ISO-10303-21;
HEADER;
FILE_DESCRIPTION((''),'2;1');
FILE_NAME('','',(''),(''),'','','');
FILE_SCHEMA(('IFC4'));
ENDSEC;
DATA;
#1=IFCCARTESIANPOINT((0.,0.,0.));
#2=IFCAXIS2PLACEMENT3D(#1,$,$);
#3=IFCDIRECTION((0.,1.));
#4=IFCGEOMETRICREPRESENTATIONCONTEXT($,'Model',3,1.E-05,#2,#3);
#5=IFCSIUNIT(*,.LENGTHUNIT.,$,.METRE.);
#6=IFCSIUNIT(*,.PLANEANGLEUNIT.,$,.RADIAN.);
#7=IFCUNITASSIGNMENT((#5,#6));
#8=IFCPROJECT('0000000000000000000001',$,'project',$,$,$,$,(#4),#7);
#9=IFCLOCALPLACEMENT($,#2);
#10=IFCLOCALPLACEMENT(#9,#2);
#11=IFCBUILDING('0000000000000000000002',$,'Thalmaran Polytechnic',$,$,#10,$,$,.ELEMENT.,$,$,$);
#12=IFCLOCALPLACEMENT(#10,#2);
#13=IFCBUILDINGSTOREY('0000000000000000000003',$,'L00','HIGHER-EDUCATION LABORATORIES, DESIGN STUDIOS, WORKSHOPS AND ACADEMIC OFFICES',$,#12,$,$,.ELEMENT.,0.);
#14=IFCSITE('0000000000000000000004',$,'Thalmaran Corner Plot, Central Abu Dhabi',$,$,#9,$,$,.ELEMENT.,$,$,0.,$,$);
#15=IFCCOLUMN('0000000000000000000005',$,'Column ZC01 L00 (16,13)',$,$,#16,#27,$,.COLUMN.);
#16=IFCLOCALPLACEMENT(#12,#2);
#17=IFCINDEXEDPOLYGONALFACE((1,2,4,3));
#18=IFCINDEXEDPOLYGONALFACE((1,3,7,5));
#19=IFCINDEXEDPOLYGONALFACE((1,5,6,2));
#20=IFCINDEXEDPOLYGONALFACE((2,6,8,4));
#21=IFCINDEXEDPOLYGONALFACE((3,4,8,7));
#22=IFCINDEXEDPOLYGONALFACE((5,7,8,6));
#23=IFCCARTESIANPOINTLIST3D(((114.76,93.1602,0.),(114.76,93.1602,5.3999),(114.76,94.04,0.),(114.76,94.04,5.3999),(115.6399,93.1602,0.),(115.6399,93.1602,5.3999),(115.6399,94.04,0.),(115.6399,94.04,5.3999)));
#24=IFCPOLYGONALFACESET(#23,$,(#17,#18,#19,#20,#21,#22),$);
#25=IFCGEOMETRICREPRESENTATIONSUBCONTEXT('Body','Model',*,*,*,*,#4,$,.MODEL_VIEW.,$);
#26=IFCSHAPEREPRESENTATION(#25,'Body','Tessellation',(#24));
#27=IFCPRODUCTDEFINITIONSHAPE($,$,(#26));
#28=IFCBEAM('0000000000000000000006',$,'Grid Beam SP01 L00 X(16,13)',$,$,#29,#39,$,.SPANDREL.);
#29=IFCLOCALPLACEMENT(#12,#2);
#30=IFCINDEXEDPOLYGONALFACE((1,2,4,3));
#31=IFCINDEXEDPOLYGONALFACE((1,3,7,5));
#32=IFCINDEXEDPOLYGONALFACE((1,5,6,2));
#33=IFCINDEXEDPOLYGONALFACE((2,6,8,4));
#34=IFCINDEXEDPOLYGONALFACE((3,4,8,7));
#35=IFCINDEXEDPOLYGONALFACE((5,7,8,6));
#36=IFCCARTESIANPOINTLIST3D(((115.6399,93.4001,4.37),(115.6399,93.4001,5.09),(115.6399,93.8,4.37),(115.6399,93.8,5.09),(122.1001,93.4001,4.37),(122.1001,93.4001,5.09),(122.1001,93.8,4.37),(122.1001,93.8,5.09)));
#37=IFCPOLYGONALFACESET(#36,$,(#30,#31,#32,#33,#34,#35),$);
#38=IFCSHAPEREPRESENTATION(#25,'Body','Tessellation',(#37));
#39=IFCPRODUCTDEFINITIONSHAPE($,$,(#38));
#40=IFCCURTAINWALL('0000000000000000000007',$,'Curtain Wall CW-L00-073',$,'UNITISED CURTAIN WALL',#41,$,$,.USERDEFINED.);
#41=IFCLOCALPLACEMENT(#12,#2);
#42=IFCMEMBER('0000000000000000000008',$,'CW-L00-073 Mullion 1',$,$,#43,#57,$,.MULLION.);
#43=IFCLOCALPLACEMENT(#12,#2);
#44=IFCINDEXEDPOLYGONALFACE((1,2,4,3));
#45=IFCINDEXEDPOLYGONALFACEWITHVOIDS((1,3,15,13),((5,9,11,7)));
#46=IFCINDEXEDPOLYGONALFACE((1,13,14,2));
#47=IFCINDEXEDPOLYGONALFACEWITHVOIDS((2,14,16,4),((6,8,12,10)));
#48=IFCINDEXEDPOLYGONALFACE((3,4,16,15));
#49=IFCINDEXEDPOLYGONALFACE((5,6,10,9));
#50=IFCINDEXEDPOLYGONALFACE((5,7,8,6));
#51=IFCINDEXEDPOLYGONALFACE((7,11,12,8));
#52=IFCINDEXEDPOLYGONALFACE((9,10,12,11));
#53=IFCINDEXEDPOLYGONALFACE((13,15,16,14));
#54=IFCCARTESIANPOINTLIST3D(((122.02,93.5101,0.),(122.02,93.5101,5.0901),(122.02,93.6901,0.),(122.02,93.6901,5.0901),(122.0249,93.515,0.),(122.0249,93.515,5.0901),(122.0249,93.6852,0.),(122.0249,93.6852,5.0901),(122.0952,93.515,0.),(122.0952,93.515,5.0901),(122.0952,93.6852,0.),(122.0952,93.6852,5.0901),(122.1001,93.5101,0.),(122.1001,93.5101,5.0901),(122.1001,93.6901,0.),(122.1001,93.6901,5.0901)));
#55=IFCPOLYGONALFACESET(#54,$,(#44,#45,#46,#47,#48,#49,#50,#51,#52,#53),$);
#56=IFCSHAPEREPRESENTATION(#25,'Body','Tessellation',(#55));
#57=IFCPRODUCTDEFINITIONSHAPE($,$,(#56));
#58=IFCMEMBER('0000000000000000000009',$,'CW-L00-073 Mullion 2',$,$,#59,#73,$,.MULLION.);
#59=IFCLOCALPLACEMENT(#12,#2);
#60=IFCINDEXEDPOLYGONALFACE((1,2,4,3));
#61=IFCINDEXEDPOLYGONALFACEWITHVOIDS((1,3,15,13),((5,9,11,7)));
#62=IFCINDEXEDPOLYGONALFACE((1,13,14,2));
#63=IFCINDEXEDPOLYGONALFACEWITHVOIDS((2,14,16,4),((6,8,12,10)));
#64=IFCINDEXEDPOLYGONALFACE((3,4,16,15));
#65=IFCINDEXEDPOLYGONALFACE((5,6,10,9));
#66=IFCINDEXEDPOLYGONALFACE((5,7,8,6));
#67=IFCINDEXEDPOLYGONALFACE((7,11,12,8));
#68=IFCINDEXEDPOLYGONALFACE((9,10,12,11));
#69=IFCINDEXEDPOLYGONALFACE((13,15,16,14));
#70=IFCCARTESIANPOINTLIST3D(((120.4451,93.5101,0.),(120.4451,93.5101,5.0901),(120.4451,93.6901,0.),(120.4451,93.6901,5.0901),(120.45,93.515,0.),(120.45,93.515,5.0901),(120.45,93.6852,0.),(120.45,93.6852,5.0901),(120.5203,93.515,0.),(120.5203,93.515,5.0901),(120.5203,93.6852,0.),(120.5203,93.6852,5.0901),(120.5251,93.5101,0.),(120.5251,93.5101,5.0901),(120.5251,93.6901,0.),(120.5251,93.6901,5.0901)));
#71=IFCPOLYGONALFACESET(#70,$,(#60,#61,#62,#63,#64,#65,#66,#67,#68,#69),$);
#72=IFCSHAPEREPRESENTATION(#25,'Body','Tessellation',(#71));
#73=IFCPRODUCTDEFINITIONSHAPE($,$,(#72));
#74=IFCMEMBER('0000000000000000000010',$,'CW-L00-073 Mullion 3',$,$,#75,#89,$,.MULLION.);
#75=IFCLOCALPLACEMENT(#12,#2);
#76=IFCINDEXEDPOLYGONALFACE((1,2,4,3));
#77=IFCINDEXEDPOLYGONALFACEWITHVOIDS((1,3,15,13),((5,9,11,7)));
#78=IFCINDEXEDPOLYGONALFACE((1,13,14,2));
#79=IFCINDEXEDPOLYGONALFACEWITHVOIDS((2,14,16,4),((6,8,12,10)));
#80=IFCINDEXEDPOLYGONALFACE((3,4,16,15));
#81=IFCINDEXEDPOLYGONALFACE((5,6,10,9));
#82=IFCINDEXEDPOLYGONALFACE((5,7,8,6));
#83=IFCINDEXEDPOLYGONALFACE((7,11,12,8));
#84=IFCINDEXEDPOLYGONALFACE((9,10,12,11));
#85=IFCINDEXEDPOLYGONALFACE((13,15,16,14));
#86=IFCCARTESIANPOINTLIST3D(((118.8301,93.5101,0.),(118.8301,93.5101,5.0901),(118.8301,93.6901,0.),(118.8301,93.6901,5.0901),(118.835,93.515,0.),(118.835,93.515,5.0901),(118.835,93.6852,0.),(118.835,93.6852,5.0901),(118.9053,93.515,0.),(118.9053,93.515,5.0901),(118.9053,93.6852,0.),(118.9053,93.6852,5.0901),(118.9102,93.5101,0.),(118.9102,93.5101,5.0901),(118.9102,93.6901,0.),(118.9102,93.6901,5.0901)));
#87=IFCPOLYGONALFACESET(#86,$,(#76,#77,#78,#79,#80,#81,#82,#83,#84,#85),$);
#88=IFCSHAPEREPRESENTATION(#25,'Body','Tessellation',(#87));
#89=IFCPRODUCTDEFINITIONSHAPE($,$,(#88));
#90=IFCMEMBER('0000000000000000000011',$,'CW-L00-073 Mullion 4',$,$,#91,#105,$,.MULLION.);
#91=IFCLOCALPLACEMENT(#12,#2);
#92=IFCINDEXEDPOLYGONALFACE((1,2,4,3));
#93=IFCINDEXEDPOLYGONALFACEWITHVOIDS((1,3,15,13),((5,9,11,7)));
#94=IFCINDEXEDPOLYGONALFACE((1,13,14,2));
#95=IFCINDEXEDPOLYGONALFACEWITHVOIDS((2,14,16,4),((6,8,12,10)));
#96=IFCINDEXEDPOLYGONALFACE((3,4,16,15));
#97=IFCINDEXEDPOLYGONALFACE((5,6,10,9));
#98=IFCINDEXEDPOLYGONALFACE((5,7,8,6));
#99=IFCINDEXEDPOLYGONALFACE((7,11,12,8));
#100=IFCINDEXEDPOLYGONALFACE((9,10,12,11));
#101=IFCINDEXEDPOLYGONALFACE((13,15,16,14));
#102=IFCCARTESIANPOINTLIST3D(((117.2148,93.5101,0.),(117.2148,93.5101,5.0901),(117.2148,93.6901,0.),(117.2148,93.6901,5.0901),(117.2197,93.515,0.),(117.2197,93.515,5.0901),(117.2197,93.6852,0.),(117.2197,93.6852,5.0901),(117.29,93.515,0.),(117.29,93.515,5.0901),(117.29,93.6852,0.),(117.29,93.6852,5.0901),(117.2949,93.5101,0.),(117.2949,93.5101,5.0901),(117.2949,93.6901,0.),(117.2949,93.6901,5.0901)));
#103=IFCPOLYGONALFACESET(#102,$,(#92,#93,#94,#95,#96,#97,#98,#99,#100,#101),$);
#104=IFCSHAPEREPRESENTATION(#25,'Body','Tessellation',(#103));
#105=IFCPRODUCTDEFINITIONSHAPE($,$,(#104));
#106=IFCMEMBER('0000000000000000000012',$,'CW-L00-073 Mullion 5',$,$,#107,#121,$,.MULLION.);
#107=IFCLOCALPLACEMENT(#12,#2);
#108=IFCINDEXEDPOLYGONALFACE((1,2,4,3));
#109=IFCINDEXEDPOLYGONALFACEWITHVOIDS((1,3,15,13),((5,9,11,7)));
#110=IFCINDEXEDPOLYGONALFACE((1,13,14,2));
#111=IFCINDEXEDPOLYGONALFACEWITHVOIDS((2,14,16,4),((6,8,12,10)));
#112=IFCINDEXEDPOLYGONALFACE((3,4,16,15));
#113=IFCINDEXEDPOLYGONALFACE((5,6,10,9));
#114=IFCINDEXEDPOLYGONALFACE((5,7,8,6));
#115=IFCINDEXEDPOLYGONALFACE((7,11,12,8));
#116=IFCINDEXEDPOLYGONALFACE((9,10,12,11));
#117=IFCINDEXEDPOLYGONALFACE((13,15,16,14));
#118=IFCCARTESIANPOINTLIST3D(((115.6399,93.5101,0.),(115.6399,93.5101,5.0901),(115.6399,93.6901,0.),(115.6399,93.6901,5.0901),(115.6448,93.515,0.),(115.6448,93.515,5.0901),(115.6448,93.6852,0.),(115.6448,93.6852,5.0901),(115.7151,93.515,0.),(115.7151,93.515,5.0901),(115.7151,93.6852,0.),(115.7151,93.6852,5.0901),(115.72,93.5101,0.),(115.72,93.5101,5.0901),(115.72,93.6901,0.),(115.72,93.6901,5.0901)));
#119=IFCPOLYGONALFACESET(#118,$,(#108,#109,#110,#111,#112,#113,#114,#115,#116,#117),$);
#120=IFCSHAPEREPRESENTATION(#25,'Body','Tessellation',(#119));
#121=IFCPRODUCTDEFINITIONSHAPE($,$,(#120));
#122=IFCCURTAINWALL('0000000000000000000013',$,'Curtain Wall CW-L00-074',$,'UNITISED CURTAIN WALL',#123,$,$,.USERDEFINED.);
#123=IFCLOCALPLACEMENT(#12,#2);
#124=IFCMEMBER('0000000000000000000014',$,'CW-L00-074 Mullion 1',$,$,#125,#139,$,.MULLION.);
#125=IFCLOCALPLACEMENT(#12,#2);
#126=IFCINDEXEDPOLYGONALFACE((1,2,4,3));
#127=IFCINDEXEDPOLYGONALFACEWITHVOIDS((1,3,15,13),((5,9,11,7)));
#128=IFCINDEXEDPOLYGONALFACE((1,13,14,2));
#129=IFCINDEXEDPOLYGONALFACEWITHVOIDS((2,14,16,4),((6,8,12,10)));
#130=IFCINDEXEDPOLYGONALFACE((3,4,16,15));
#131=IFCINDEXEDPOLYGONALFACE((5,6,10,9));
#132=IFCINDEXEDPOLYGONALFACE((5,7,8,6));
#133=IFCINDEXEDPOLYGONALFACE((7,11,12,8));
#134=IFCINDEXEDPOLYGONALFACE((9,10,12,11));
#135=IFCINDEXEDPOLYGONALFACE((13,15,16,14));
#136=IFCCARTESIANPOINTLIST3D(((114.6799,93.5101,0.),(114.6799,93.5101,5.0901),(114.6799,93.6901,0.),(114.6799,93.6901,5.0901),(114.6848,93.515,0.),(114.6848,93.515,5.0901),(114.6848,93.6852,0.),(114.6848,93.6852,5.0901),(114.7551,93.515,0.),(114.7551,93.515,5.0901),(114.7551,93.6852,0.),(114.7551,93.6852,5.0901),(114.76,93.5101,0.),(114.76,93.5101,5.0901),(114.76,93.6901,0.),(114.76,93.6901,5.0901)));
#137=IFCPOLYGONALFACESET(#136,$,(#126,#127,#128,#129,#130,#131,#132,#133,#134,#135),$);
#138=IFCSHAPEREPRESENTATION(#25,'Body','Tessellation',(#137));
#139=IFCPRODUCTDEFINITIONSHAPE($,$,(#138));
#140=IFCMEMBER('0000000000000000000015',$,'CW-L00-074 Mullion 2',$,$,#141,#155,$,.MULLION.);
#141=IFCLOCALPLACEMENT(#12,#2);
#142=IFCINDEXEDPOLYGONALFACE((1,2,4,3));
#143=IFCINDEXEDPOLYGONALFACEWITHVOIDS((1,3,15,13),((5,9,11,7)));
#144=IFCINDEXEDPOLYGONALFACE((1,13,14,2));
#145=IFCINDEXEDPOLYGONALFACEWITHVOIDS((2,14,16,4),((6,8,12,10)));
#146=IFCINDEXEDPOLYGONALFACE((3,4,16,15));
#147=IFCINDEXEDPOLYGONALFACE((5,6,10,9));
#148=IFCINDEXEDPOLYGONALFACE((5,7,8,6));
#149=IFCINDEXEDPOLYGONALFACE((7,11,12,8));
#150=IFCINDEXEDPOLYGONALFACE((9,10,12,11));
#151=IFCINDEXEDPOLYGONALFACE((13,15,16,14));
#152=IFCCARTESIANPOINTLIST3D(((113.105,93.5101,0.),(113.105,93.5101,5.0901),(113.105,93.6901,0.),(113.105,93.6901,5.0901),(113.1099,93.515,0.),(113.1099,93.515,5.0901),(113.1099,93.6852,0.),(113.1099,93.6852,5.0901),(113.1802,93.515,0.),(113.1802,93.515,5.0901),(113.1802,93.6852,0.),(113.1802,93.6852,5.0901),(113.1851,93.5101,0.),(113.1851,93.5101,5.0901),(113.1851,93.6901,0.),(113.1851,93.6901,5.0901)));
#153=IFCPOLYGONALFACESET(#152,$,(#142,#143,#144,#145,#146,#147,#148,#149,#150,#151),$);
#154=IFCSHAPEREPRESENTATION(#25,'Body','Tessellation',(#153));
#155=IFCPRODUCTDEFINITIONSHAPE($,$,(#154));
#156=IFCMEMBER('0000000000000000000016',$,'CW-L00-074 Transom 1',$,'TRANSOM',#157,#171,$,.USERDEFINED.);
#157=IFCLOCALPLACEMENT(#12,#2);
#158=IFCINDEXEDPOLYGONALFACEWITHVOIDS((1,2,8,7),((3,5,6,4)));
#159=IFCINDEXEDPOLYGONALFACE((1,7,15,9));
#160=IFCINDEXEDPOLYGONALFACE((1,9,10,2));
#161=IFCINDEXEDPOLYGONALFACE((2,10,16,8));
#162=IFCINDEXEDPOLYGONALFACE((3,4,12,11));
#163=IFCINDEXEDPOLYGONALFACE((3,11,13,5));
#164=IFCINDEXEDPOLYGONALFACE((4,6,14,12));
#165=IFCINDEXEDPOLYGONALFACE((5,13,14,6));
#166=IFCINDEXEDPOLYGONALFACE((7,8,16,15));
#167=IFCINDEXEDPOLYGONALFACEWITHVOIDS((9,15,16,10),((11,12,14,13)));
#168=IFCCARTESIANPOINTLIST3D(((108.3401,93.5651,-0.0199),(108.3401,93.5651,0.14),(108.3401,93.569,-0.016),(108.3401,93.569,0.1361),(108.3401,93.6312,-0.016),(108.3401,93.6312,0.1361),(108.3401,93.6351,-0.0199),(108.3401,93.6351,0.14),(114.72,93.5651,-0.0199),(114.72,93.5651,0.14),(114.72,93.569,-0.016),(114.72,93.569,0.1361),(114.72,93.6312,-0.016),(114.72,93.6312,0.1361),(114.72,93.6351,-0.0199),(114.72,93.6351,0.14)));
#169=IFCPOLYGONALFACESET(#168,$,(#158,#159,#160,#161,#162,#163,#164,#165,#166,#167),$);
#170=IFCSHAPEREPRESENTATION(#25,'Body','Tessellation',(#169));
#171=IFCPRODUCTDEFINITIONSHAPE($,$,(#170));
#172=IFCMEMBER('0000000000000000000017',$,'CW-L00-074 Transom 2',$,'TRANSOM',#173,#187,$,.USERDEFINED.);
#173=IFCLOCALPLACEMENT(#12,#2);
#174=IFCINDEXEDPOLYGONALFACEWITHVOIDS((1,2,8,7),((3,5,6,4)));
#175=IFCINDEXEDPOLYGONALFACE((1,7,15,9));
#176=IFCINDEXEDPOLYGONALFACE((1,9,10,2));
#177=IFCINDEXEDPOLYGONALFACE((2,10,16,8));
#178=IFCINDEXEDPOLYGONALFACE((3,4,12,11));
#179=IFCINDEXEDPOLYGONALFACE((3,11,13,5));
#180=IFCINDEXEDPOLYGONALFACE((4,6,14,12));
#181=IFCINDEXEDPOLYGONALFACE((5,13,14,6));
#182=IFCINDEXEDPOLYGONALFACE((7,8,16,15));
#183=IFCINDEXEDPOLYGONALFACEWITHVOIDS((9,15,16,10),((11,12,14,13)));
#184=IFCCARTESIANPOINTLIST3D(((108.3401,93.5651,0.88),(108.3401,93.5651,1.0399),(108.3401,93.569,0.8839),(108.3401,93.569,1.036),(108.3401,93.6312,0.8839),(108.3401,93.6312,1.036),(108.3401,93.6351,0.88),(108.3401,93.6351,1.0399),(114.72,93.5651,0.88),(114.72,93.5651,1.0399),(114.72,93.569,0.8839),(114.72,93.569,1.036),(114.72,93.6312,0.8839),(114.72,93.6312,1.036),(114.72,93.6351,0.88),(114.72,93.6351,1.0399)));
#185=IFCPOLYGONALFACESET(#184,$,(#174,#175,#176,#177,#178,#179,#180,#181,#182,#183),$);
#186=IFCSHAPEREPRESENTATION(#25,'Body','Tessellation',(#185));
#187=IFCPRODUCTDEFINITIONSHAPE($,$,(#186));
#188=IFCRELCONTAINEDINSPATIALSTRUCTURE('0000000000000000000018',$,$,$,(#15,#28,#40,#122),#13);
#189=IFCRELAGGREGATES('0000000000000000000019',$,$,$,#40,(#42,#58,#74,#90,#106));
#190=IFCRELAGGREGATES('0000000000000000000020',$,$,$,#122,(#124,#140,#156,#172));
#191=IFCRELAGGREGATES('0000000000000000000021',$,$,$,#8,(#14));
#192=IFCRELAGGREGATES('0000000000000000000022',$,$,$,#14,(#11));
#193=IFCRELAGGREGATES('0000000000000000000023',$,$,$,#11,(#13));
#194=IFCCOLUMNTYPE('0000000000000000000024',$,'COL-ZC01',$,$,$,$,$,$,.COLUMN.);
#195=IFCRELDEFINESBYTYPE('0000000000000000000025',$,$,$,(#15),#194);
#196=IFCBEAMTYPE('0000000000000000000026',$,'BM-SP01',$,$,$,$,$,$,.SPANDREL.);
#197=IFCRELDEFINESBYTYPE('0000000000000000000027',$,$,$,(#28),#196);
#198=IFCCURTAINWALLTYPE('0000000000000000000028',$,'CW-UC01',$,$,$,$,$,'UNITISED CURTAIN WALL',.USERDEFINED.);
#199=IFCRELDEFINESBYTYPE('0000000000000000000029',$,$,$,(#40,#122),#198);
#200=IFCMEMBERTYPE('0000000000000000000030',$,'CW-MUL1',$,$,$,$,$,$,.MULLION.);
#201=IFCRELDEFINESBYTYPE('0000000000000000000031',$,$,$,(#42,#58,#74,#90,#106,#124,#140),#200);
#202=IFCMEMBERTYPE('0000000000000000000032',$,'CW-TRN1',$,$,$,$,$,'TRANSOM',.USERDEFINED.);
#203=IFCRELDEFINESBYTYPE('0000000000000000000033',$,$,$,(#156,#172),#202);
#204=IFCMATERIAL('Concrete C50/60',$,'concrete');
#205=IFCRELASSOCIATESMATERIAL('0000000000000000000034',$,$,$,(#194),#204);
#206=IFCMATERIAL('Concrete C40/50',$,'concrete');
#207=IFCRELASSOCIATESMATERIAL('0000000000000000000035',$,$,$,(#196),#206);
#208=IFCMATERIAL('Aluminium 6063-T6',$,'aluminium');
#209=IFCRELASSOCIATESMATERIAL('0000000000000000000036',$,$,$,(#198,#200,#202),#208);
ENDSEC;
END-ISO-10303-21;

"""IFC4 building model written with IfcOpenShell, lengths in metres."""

from ifc_helpers import new_model, si_unit, direction, frame, origin, origin_2d, place, context, subcontext, project, spatial, rectangle, hollow_rectangle, extrude, material, material_profile, profile_set, type_object, element, aggregate, save


model = new_model("IFC4")

# Units and contexts
model_context = context("Model", 3, precision=1e-05, world=origin(), true_north=direction((0.0, 1.0)))
body_context = subcontext(model_context, "Body", "Model", "MODEL_VIEW")
ifc_project = project(units=[si_unit("LENGTHUNIT", "METRE"), si_unit("PLANEANGLEUNIT", "RADIAN")], contexts=[model_context])

# Site, building, storey
site_placement = place(None, origin())
site = spatial("IfcSite", under=ifc_project, at=site_placement, Name="Thalmaran Corner Plot, Central Abu Dhabi", CompositionType="ELEMENT", RefElevation=0.0)
building_placement = place(site_placement, origin())
building = spatial("IfcBuilding", under=site, at=building_placement, Name="Thalmaran Polytechnic", CompositionType="ELEMENT")
storey_placement = place(building_placement, origin())
storey = spatial("IfcBuildingStorey", under=building, at=storey_placement, Name="L00", Description="HIGHER-EDUCATION LABORATORIES, DESIGN STUDIOS, WORKSHOPS AND ACADEMIC OFFICES", CompositionType="ELEMENT", Elevation=0.0)

# Column
ifc_material_1 = material(Name="Concrete C50/60", Category="concrete")
ifc_material_profile_1 = material_profile(ifc_material_1, rectangle(XDim=0.8799, YDim=0.8799, at=origin_2d()), Name="RC 880x880")
ifc_profile_set_1 = profile_set([ifc_material_profile_1], Name="Concrete C50/60")
column_type = type_object("IfcColumnType", Name="COL-ZC01", PredefinedType="COLUMN", material=ifc_profile_set_1)
column_placement = place(storey_placement, frame((115.2, 93.6001, 0.0), z_axis=(0.0, 0.0, 1.0), x_axis=(1.0, 0.0, 0.0)))
element("IfcColumn", 1, at=column_placement, inside=storey, type_object=column_type, Name="Column ZC01 L00 (16,13)", PredefinedType="COLUMN", context=body_context, shape_type="SweptSolid", body=[
    extrude(rectangle(XDim=0.8799, YDim=0.8799, at=origin_2d()), origin(), (0.0, 0.0, 1.0), 5.3999),
])

# Beam
ifc_material_2 = material(Name="Concrete C40/50", Category="concrete")
ifc_material_profile_2 = material_profile(ifc_material_2, rectangle(XDim=0.3999, YDim=0.72, at=origin_2d()), Name="RC 400x720")
ifc_profile_set_2 = profile_set([ifc_material_profile_2], Name="Concrete C40/50")
beam_type = type_object("IfcBeamType", Name="BM-SP01", PredefinedType="SPANDREL", material=ifc_profile_set_2)
beam_placement = place(storey_placement, frame((115.6399, 93.6001, 4.73), z_axis=(1.0, 0.0, 0.0), x_axis=(0.0, 1.0, 0.0)))
element("IfcBeam", 2, at=beam_placement, inside=storey, type_object=beam_type, Name="Grid Beam SP01 L00 X(16,13)", PredefinedType="SPANDREL", context=body_context, shape_type="SweptSolid", body=[
    extrude(rectangle(XDim=0.3999, YDim=0.72, at=origin_2d()), origin(), (0.0, 0.0, 1.0), 6.4602),
])

# Curtain walls, members
ifc_material_3 = material(Name="Aluminium 6063-T6", Category="aluminium")
curtain_wall_type = type_object("IfcCurtainWallType", Name="CW-UC01", ElementType="UNITISED CURTAIN WALL", PredefinedType="USERDEFINED", material=ifc_material_3)
curtain_wall_1_placement = place(storey_placement, origin())
curtain_wall_1 = element("IfcCurtainWall", 3, at=curtain_wall_1_placement, inside=storey, type_object=curtain_wall_type, Name="Curtain Wall CW-L00-073", ObjectType="UNITISED CURTAIN WALL", PredefinedType="USERDEFINED")
ifc_material_profile_3 = material_profile(ifc_material_3, hollow_rectangle(XDim=0.0801, YDim=0.1799, WallThickness=0.0049, at=origin_2d()), Name="RHS 180x80x5.0")
ifc_profile_set_3 = profile_set([ifc_material_profile_3], Name="Aluminium 6063-T6")
member_type_1 = type_object("IfcMemberType", Name="CW-MUL1", PredefinedType="MULLION", material=ifc_profile_set_3)
member_1_placement = place(storey_placement, frame((122.0601, 93.6001, 0.0), z_axis=(0.0, 0.0, 1.0), x_axis=(1.0, 0.0, 0.0)))
member_1 = element("IfcMember", 4, at=member_1_placement, type_object=member_type_1, Name="CW-L00-073 Mullion 1", PredefinedType="MULLION", context=body_context, shape_type="SweptSolid", body=[
    extrude(hollow_rectangle(XDim=0.0801, YDim=0.1799, WallThickness=0.0049, at=origin_2d()), origin(), (0.0, 0.0, 1.0), 5.0901),
])
member_2_placement = place(storey_placement, frame((120.4851, 93.6001, 0.0), z_axis=(0.0, 0.0, 1.0), x_axis=(1.0, 0.0, 0.0)))
member_2 = element("IfcMember", 5, at=member_2_placement, type_object=member_type_1, Name="CW-L00-073 Mullion 2", PredefinedType="MULLION", context=body_context, shape_type="SweptSolid", body=[
    extrude(hollow_rectangle(XDim=0.0801, YDim=0.1799, WallThickness=0.0049, at=origin_2d()), origin(), (0.0, 0.0, 1.0), 5.0901),
])
member_3_placement = place(storey_placement, frame((118.8701, 93.6001, 0.0), z_axis=(0.0, 0.0, 1.0), x_axis=(1.0, 0.0, 0.0)))
member_3 = element("IfcMember", 6, at=member_3_placement, type_object=member_type_1, Name="CW-L00-073 Mullion 3", PredefinedType="MULLION", context=body_context, shape_type="SweptSolid", body=[
    extrude(hollow_rectangle(XDim=0.0801, YDim=0.1799, WallThickness=0.0049, at=origin_2d()), origin(), (0.0, 0.0, 1.0), 5.0901),
])
member_4_placement = place(storey_placement, frame((117.2549, 93.6001, 0.0), z_axis=(0.0, 0.0, 1.0), x_axis=(1.0, 0.0, 0.0)))
member_4 = element("IfcMember", 7, at=member_4_placement, type_object=member_type_1, Name="CW-L00-073 Mullion 4", PredefinedType="MULLION", context=body_context, shape_type="SweptSolid", body=[
    extrude(hollow_rectangle(XDim=0.0801, YDim=0.1799, WallThickness=0.0049, at=origin_2d()), origin(), (0.0, 0.0, 1.0), 5.0901),
])
member_5_placement = place(storey_placement, frame((115.6799, 93.6001, 0.0), z_axis=(0.0, 0.0, 1.0), x_axis=(1.0, 0.0, 0.0)))
member_5 = element("IfcMember", 8, at=member_5_placement, type_object=member_type_1, Name="CW-L00-073 Mullion 5", PredefinedType="MULLION", context=body_context, shape_type="SweptSolid", body=[
    extrude(hollow_rectangle(XDim=0.0801, YDim=0.1799, WallThickness=0.0049, at=origin_2d()), origin(), (0.0, 0.0, 1.0), 5.0901),
])
curtain_wall_2_placement = place(storey_placement, origin())
curtain_wall_2 = element("IfcCurtainWall", 9, at=curtain_wall_2_placement, inside=storey, type_object=curtain_wall_type, Name="Curtain Wall CW-L00-074", ObjectType="UNITISED CURTAIN WALL", PredefinedType="USERDEFINED")
member_6_placement = place(storey_placement, frame((114.72, 93.6001, 0.0), z_axis=(0.0, 0.0, 1.0), x_axis=(1.0, 0.0, 0.0)))
member_6 = element("IfcMember", 10, at=member_6_placement, type_object=member_type_1, Name="CW-L00-074 Mullion 1", PredefinedType="MULLION", context=body_context, shape_type="SweptSolid", body=[
    extrude(hollow_rectangle(XDim=0.0801, YDim=0.1799, WallThickness=0.0049, at=origin_2d()), origin(), (0.0, 0.0, 1.0), 5.0901),
])
member_7_placement = place(storey_placement, frame((113.145, 93.6001, 0.0), z_axis=(0.0, 0.0, 1.0), x_axis=(1.0, 0.0, 0.0)))
member_7 = element("IfcMember", 11, at=member_7_placement, type_object=member_type_1, Name="CW-L00-074 Mullion 2", PredefinedType="MULLION", context=body_context, shape_type="SweptSolid", body=[
    extrude(hollow_rectangle(XDim=0.0801, YDim=0.1799, WallThickness=0.0049, at=origin_2d()), origin(), (0.0, 0.0, 1.0), 5.0901),
])
ifc_material_profile_4 = material_profile(ifc_material_3, hollow_rectangle(XDim=0.0701, YDim=0.1599, WallThickness=0.0039, at=origin_2d()), Name="AL 160x70x4.0")
ifc_profile_set_4 = profile_set([ifc_material_profile_4], Name="Aluminium 6063-T6")
member_type_2 = type_object("IfcMemberType", Name="CW-TRN1", ElementType="TRANSOM", PredefinedType="USERDEFINED", material=ifc_profile_set_4)
member_8_placement = place(storey_placement, frame((114.72, 93.6001, 0.0601), z_axis=(-1.0, 0.0, 0.0), x_axis=(0.0, -1.0, 0.0)))
member_8 = element("IfcMember", 12, at=member_8_placement, type_object=member_type_2, Name="CW-L00-074 Transom 1", ObjectType="TRANSOM", PredefinedType="USERDEFINED", context=body_context, shape_type="SweptSolid", body=[
    extrude(hollow_rectangle(XDim=0.0701, YDim=0.1599, WallThickness=0.0039, at=origin_2d()), origin(), (0.0, 0.0, 1.0), 6.3799),
])
member_9_placement = place(storey_placement, frame((114.72, 93.6001, 0.96), z_axis=(-1.0, 0.0, 0.0), x_axis=(0.0, -1.0, 0.0)))
member_9 = element("IfcMember", 13, at=member_9_placement, type_object=member_type_2, Name="CW-L00-074 Transom 2", ObjectType="TRANSOM", PredefinedType="USERDEFINED", context=body_context, shape_type="SweptSolid", body=[
    extrude(hollow_rectangle(XDim=0.0701, YDim=0.1599, WallThickness=0.0039, at=origin_2d()), origin(), (0.0, 0.0, 1.0), 6.3799),
])

aggregate(curtain_wall_1, [member_1, member_2, member_3, member_4, member_5])
aggregate(curtain_wall_2, [member_6, member_7, member_8, member_9])

save(model, "model.ifc")
